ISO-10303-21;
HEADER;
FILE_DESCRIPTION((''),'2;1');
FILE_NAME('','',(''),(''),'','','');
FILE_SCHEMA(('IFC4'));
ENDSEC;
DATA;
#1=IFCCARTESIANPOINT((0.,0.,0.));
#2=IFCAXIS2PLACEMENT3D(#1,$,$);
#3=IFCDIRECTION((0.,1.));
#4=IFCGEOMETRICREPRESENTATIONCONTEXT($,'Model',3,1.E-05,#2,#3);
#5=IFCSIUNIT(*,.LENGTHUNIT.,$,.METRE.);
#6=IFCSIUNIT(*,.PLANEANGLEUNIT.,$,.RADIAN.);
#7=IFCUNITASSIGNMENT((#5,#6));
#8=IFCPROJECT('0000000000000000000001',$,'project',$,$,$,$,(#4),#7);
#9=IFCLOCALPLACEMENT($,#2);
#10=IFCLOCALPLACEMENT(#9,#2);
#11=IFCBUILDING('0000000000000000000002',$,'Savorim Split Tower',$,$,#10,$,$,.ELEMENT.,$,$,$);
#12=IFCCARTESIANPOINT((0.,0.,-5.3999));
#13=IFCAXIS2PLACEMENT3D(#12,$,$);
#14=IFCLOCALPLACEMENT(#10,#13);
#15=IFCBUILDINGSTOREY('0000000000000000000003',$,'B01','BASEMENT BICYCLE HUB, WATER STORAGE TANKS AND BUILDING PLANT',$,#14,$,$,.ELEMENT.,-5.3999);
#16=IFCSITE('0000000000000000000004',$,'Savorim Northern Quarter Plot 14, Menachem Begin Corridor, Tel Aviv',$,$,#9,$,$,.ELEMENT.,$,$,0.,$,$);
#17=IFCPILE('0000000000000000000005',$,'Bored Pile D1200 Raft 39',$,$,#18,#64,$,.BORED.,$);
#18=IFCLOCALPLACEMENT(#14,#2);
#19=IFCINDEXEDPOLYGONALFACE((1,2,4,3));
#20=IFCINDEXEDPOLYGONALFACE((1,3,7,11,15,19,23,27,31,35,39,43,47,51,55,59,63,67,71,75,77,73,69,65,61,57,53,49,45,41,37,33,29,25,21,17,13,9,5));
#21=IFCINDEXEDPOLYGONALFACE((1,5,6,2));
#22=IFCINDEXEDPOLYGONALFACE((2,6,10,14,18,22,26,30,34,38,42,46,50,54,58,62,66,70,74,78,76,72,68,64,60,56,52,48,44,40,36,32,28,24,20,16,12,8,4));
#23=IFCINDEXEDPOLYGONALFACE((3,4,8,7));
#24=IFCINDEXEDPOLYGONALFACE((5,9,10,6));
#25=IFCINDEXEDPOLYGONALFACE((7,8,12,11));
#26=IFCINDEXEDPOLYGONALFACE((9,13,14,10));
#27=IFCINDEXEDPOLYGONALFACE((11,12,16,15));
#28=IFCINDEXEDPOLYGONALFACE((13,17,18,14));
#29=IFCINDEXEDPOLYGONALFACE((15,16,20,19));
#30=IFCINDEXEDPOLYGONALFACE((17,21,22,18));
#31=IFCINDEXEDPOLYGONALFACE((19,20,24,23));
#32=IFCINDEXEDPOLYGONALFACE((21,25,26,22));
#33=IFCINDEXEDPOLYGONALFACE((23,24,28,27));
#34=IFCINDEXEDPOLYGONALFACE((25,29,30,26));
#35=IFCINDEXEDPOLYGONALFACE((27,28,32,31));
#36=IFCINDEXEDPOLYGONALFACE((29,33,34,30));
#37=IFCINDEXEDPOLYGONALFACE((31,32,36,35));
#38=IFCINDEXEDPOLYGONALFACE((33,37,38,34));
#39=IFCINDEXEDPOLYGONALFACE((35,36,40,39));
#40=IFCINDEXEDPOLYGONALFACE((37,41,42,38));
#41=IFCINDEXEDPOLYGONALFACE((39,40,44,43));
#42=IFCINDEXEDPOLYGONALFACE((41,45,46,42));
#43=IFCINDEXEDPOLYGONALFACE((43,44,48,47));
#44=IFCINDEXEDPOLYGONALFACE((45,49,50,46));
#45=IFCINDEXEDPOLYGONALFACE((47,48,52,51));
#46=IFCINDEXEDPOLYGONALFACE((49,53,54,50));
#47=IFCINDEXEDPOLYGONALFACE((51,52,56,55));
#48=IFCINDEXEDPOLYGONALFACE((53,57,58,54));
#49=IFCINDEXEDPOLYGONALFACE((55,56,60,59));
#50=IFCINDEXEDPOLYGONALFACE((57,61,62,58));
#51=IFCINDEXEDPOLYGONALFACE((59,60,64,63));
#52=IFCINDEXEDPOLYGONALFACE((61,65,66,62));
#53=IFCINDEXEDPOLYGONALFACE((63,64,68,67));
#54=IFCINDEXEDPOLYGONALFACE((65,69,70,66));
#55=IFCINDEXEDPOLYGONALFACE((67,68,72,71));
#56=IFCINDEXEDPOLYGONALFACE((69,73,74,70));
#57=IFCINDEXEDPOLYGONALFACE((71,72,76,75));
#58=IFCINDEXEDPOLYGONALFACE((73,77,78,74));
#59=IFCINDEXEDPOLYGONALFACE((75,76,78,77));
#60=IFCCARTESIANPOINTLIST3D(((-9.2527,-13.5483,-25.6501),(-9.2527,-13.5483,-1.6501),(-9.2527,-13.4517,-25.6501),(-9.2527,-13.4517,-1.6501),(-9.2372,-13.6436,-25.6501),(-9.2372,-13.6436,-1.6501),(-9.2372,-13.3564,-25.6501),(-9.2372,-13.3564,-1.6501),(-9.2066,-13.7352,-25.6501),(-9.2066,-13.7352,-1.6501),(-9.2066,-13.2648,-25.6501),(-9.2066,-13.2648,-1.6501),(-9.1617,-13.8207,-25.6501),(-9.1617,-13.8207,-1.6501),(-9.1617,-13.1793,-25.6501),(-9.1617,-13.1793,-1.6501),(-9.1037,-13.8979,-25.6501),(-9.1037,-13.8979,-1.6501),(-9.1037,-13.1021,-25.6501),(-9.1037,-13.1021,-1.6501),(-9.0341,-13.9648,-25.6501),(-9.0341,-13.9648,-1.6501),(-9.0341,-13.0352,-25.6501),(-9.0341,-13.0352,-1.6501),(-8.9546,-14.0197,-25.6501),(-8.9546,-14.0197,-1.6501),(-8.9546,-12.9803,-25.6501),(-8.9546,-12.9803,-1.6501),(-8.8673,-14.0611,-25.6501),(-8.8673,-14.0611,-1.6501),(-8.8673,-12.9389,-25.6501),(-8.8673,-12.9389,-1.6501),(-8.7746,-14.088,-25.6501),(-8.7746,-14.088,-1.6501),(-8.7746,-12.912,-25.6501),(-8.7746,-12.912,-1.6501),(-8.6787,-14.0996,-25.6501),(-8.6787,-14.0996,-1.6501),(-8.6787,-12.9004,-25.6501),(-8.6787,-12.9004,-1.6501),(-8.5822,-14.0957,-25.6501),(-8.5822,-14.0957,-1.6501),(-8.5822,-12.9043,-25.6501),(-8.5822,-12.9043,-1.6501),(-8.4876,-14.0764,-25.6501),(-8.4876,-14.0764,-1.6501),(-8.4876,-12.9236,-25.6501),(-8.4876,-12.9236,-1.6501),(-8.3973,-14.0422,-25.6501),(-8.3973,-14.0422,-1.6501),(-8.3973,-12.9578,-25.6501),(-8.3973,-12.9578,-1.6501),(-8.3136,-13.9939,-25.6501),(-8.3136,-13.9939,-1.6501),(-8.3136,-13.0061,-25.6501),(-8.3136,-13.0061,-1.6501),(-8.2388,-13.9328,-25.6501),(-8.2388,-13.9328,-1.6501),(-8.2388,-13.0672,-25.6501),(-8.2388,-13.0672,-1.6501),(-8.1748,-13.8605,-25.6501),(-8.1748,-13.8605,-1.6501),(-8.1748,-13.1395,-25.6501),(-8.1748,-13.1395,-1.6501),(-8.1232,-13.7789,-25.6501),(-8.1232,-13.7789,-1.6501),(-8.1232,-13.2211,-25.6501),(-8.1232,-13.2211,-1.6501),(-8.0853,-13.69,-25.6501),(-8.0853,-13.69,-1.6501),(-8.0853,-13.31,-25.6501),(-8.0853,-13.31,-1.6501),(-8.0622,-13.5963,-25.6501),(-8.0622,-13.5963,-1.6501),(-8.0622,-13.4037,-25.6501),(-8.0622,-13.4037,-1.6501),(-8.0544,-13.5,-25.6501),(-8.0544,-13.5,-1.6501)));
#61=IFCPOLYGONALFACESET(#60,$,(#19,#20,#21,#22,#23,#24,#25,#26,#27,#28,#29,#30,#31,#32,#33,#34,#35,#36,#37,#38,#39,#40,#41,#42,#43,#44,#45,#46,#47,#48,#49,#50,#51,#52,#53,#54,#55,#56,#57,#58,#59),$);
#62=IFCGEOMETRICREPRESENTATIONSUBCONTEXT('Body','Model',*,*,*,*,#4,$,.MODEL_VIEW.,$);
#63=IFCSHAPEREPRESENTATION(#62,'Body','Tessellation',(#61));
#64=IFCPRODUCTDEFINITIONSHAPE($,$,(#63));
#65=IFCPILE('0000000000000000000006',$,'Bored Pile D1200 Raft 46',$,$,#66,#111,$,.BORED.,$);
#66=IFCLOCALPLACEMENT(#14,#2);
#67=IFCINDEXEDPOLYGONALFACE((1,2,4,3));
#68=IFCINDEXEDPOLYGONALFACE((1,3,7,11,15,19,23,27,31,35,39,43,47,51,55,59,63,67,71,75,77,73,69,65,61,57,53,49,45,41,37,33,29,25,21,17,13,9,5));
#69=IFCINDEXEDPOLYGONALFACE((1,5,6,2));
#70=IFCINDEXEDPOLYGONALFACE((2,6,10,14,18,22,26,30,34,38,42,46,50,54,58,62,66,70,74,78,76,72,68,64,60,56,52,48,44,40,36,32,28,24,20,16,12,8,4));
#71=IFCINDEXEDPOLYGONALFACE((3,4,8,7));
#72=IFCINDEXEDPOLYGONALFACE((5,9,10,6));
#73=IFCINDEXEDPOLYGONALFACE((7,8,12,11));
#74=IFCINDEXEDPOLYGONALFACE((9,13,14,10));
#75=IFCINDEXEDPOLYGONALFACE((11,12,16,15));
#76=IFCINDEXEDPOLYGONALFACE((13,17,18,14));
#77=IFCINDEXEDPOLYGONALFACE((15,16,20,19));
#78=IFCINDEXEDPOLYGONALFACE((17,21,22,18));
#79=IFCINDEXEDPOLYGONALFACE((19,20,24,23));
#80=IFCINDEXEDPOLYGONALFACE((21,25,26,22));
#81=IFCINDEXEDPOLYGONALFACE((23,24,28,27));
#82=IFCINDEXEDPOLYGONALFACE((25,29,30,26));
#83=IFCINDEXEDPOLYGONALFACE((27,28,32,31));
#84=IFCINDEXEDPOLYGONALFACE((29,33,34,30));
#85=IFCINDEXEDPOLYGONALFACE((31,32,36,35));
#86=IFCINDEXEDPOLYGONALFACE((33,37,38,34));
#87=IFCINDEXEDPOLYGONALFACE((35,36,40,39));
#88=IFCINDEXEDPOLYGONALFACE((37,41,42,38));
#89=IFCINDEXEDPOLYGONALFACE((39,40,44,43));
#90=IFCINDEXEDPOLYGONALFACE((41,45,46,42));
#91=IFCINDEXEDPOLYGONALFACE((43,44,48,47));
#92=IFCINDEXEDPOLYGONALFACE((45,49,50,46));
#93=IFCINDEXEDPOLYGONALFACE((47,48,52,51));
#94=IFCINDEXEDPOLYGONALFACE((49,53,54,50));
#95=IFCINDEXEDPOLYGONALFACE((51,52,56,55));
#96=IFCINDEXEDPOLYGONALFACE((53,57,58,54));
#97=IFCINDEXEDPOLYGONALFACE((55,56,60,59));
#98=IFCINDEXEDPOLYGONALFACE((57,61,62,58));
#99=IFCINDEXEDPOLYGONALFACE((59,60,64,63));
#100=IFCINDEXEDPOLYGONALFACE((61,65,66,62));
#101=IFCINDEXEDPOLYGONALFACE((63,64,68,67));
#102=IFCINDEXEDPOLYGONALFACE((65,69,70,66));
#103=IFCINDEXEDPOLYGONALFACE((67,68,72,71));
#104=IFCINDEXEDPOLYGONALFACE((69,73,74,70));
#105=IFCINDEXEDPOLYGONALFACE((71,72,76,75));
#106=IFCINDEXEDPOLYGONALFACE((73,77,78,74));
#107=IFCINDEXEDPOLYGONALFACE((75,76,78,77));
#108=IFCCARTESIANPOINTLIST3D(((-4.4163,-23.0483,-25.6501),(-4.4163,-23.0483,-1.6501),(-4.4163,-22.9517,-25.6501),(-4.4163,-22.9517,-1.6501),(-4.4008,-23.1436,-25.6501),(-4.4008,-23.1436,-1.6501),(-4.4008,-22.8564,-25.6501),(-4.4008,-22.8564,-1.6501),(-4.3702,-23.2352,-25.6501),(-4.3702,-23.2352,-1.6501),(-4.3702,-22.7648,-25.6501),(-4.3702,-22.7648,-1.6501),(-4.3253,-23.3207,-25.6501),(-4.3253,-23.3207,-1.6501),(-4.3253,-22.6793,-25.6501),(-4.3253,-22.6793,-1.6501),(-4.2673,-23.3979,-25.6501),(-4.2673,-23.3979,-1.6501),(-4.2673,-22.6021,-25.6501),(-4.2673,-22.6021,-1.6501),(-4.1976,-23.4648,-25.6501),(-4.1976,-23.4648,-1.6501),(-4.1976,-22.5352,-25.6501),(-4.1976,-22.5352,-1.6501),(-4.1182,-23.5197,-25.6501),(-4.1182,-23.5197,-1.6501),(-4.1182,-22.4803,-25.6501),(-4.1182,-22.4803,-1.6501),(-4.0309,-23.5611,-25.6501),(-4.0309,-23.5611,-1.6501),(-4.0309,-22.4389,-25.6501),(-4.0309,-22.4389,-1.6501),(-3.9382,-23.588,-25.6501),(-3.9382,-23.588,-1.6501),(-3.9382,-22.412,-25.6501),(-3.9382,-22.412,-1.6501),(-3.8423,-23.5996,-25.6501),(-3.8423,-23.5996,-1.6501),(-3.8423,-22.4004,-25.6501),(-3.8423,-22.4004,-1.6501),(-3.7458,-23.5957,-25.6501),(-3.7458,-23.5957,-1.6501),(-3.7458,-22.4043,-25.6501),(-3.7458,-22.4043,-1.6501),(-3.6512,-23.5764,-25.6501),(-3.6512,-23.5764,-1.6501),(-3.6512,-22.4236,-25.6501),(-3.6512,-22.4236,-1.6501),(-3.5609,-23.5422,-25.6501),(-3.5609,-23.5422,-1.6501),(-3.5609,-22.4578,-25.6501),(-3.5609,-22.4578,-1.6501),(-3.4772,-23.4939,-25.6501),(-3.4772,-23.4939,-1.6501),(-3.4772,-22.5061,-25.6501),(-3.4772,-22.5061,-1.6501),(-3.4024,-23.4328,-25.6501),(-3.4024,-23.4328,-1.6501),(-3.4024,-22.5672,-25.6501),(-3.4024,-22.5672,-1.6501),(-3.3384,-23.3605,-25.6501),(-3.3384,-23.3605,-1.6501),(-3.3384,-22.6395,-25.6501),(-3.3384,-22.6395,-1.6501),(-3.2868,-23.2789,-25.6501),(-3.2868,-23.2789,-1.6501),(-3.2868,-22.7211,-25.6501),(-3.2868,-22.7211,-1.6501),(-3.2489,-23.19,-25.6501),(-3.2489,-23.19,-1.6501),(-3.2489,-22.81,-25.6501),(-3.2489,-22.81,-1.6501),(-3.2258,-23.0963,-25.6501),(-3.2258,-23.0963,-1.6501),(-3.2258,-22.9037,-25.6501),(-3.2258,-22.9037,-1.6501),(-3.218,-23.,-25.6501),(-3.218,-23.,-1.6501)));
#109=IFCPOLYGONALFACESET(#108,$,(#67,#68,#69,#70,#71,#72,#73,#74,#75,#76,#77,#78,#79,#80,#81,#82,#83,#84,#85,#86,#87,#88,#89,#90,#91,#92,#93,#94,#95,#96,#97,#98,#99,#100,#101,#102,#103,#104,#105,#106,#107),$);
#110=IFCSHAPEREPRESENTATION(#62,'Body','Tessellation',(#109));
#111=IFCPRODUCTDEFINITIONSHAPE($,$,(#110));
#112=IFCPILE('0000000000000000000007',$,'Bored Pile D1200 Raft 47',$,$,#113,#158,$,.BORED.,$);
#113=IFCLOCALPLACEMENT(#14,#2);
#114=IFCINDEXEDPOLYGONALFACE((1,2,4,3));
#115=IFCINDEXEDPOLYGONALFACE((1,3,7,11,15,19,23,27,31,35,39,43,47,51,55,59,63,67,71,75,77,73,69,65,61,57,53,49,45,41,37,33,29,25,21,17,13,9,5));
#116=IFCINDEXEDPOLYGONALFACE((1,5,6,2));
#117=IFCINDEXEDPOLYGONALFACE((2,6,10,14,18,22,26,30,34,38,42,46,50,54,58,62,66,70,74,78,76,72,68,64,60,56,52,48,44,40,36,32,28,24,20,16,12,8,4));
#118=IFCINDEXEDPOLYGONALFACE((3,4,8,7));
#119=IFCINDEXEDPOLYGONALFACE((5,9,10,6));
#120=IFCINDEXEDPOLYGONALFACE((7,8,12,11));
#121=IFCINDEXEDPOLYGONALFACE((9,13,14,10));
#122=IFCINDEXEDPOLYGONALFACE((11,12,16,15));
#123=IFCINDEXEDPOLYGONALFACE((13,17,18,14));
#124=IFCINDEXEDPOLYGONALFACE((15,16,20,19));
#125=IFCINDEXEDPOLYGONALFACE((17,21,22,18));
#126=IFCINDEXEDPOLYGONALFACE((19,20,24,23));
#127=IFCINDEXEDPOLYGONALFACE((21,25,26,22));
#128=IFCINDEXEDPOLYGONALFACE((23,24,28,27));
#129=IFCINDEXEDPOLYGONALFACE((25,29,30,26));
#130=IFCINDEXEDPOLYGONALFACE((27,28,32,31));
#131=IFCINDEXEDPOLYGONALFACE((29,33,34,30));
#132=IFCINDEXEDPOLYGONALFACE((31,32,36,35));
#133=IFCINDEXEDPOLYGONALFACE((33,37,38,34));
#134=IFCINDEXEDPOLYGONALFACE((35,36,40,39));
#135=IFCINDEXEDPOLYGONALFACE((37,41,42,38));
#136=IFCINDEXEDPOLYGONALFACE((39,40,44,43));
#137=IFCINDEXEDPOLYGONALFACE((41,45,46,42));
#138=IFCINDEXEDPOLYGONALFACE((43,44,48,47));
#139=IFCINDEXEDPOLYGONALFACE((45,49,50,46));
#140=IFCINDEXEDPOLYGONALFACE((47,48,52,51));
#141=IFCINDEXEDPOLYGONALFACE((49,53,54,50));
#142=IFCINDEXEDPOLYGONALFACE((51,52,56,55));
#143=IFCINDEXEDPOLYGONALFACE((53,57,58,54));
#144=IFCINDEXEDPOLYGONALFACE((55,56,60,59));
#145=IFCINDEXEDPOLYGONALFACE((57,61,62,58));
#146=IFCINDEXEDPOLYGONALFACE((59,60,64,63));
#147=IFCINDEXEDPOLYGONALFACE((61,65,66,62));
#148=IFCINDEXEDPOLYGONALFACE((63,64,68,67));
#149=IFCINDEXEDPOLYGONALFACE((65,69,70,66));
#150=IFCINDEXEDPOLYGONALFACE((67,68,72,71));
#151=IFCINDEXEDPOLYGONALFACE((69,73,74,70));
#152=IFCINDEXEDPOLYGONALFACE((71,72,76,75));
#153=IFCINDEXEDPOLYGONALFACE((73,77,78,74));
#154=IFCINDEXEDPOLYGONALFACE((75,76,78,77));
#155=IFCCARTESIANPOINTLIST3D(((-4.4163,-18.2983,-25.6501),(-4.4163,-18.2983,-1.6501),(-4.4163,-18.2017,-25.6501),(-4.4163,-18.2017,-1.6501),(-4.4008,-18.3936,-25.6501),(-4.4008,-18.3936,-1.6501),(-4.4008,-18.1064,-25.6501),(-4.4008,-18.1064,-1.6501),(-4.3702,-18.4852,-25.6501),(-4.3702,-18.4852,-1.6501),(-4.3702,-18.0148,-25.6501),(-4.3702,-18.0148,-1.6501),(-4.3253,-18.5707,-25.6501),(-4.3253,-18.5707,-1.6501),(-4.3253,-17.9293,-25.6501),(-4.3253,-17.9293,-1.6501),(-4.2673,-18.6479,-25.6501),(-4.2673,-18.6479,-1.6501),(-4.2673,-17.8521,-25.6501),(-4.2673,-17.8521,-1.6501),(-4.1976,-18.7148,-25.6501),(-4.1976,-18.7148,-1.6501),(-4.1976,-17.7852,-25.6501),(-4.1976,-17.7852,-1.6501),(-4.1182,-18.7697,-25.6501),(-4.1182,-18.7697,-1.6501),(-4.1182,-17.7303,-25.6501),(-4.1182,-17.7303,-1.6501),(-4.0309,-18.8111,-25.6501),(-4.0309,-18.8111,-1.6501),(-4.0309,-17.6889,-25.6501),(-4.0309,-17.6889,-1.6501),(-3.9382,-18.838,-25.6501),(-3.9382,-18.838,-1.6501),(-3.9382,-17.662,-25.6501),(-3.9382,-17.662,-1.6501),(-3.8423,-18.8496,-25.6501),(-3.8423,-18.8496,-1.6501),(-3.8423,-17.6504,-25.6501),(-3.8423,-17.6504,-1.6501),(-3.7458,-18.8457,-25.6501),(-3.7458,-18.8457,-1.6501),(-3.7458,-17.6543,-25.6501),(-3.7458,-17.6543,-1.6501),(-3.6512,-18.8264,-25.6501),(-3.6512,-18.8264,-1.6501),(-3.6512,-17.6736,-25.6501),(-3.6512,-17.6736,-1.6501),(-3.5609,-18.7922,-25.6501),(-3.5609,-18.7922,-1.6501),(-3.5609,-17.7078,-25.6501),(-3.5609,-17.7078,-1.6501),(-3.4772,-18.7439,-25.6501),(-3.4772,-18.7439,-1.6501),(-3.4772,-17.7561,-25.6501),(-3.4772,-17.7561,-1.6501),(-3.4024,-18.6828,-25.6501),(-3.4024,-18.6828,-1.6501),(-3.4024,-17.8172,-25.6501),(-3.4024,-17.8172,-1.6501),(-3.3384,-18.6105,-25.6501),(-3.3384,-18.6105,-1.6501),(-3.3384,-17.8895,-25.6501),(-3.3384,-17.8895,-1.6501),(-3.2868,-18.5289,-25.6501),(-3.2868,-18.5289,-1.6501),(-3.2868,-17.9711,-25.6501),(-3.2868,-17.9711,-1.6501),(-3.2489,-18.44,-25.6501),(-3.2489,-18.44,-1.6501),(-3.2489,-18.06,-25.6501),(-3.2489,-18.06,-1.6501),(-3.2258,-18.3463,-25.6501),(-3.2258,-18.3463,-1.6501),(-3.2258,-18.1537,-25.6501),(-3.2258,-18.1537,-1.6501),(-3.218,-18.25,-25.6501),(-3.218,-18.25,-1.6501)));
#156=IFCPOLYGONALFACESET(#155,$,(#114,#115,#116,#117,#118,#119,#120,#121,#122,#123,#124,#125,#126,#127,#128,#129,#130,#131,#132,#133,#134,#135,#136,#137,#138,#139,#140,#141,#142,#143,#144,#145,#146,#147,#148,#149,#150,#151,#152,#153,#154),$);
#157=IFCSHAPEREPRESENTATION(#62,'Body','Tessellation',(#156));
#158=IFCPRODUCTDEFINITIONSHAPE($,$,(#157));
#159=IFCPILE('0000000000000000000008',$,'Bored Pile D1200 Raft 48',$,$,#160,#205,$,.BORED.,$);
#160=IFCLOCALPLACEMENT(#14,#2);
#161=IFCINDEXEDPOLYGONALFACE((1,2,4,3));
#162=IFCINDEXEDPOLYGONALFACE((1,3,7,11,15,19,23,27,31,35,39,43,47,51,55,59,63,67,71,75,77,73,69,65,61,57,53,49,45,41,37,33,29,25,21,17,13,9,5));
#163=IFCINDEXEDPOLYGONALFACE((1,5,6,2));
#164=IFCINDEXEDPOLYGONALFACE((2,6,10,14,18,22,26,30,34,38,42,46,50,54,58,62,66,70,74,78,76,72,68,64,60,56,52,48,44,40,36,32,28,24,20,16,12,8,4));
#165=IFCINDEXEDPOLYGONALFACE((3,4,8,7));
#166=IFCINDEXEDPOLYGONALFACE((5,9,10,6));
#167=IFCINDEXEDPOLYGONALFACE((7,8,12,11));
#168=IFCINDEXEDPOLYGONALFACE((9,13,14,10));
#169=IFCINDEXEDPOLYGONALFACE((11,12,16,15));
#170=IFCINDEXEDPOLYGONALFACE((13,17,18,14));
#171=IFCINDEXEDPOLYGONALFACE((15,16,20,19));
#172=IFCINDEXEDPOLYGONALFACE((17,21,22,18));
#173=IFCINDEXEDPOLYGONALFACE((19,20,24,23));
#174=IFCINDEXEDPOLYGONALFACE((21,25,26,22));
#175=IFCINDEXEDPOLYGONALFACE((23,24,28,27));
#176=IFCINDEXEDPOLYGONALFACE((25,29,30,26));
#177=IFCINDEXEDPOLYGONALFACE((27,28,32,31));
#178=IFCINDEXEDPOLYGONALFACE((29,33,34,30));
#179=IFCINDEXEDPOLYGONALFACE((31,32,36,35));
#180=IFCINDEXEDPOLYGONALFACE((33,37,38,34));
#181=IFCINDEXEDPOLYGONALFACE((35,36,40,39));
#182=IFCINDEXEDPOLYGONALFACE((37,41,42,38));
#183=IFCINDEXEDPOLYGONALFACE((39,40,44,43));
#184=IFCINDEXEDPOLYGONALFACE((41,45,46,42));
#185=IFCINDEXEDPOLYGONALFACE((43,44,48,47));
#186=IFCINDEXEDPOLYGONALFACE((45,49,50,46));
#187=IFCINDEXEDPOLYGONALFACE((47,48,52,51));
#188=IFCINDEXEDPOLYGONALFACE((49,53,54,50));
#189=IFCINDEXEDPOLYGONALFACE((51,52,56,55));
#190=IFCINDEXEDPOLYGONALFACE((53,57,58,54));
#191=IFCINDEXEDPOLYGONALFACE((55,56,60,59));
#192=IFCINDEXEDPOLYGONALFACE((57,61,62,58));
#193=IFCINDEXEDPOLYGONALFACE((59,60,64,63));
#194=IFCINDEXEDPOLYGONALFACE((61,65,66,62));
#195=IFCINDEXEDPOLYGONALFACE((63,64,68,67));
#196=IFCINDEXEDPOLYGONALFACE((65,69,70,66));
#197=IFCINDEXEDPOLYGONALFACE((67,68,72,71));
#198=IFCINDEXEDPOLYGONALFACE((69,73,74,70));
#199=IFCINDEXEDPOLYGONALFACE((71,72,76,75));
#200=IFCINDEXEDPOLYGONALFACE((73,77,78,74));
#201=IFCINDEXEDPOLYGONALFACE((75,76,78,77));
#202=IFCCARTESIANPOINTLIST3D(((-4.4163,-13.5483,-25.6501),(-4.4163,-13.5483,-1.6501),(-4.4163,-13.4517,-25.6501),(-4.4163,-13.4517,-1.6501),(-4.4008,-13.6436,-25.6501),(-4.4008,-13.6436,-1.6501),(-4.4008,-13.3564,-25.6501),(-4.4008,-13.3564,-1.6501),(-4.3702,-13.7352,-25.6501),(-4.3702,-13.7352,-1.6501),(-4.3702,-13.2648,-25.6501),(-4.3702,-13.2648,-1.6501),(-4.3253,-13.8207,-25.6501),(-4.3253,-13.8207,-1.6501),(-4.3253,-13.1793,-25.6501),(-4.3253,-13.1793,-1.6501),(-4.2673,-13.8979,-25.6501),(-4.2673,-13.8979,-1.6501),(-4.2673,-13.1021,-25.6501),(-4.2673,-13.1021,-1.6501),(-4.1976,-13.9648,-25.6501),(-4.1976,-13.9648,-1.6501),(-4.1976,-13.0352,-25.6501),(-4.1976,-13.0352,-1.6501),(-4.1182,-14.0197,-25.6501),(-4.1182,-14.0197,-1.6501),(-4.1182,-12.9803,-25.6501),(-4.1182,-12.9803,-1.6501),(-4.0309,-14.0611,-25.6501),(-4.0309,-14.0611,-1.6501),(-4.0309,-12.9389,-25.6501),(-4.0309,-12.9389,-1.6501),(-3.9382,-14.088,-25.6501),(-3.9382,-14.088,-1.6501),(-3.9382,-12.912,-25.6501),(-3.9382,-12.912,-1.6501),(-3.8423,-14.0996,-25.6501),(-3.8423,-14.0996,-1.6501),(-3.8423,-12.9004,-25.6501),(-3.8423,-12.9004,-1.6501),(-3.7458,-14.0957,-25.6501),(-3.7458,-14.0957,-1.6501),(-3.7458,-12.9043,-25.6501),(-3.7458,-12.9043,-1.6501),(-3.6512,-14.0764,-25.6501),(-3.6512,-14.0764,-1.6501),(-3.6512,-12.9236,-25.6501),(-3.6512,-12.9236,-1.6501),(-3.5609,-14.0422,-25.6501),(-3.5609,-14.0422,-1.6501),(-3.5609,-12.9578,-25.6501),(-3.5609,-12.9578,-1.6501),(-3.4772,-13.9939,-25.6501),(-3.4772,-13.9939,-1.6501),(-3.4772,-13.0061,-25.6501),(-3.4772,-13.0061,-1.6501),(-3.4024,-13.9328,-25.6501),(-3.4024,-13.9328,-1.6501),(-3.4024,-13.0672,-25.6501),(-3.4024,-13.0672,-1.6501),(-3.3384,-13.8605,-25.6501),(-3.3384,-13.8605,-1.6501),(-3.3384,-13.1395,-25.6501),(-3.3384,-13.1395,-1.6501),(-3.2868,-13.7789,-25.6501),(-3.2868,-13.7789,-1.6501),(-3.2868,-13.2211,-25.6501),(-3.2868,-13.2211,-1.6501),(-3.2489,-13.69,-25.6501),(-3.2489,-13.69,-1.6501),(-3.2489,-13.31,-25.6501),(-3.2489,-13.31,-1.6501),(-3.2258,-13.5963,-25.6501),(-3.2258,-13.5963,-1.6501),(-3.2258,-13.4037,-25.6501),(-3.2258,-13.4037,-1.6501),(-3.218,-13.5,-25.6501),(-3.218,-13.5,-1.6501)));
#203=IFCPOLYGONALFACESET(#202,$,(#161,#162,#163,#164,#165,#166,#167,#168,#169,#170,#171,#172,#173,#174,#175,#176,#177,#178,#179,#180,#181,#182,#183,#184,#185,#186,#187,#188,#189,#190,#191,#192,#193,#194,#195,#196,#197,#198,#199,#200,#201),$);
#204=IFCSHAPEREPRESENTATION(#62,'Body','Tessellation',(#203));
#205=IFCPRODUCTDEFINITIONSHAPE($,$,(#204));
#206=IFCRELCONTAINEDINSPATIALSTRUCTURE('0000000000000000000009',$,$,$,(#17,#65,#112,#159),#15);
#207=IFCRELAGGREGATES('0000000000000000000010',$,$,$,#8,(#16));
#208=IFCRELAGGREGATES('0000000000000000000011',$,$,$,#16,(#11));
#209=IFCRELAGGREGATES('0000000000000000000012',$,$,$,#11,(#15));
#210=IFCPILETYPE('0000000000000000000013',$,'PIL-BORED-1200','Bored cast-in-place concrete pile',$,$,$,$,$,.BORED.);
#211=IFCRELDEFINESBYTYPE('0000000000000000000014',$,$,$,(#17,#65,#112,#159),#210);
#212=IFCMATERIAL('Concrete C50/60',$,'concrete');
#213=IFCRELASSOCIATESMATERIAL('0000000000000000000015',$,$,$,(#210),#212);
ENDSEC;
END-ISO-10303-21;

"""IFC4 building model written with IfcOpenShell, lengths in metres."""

from ifc_helpers import new_model, si_unit, direction, frame, origin, origin_2d, place, context, subcontext, project, spatial, circle, extrude, material, material_profile, profile_set, type_object, element, save


model = new_model("IFC4")

# Units and contexts
model_context = context("Model", 3, precision=1e-05, world=origin(), true_north=direction((0.0, 1.0)))
body_context = subcontext(model_context, "Body", "Model", "MODEL_VIEW")
ifc_project = project(units=[si_unit("LENGTHUNIT", "METRE"), si_unit("PLANEANGLEUNIT", "RADIAN")], contexts=[model_context])

# Site, building, storey
site_placement = place(None, origin())
site = spatial("IfcSite", under=ifc_project, at=site_placement, Name="Savorim Northern Quarter Plot 14, Menachem Begin Corridor, Tel Aviv", CompositionType="ELEMENT", RefElevation=0.0)
building_placement = place(site_placement, origin())
building = spatial("IfcBuilding", under=site, at=building_placement, Name="Savorim Split Tower", CompositionType="ELEMENT")
storey_placement = place(building_placement, frame((0.0, 0.0, -5.3999)))
storey = spatial("IfcBuildingStorey", under=building, at=storey_placement, Name="B01", Description="BASEMENT BICYCLE HUB, WATER STORAGE TANKS AND BUILDING PLANT", CompositionType="ELEMENT", Elevation=-5.3999)

# Piles
ifc_material_1 = material(Name="Concrete C50/60", Category="concrete")
ifc_material_profile_1 = material_profile(ifc_material_1, circle(Radius=0.6001, at=origin_2d()), Name="PILE D1200")
ifc_profile_set_1 = profile_set([ifc_material_profile_1], Name="Concrete C50/60")
pile_type = type_object("IfcPileType", Name="PIL-BORED-1200", Description="Bored cast-in-place concrete pile", PredefinedType="BORED", material=ifc_profile_set_1)
for number, where, z_axis, x_axis, name in (
    (1, (-8.6545, -13.5, -1.6501), (0.0, 0.0, -1.0), (1.0, 0.0, 0.0), "Bored Pile D1200 Raft 39"),
    (2, (-3.8181, -23.0, -1.6501), (0.0, 0.0, -1.0), (1.0, 0.0, 0.0), "Bored Pile D1200 Raft 46"),
    (3, (-3.8181, -18.25, -1.6501), (0.0, 0.0, -1.0), (1.0, 0.0, 0.0), "Bored Pile D1200 Raft 47"),
    (4, (-3.8181, -13.5, -1.6501), (0.0, 0.0, -1.0), (1.0, 0.0, 0.0), "Bored Pile D1200 Raft 48"),
):
    element("IfcPile", number, at=place(storey_placement, frame(where, z_axis=z_axis, x_axis=x_axis)), inside=storey, type_object=pile_type, Name=name, PredefinedType="BORED", context=body_context, shape_type="SweptSolid", body=[
        extrude(circle(Radius=0.6001, at=origin_2d()), origin(), (0.0, 0.0, 1.0), 24.0),
    ])

save(model, "model.ifc")
